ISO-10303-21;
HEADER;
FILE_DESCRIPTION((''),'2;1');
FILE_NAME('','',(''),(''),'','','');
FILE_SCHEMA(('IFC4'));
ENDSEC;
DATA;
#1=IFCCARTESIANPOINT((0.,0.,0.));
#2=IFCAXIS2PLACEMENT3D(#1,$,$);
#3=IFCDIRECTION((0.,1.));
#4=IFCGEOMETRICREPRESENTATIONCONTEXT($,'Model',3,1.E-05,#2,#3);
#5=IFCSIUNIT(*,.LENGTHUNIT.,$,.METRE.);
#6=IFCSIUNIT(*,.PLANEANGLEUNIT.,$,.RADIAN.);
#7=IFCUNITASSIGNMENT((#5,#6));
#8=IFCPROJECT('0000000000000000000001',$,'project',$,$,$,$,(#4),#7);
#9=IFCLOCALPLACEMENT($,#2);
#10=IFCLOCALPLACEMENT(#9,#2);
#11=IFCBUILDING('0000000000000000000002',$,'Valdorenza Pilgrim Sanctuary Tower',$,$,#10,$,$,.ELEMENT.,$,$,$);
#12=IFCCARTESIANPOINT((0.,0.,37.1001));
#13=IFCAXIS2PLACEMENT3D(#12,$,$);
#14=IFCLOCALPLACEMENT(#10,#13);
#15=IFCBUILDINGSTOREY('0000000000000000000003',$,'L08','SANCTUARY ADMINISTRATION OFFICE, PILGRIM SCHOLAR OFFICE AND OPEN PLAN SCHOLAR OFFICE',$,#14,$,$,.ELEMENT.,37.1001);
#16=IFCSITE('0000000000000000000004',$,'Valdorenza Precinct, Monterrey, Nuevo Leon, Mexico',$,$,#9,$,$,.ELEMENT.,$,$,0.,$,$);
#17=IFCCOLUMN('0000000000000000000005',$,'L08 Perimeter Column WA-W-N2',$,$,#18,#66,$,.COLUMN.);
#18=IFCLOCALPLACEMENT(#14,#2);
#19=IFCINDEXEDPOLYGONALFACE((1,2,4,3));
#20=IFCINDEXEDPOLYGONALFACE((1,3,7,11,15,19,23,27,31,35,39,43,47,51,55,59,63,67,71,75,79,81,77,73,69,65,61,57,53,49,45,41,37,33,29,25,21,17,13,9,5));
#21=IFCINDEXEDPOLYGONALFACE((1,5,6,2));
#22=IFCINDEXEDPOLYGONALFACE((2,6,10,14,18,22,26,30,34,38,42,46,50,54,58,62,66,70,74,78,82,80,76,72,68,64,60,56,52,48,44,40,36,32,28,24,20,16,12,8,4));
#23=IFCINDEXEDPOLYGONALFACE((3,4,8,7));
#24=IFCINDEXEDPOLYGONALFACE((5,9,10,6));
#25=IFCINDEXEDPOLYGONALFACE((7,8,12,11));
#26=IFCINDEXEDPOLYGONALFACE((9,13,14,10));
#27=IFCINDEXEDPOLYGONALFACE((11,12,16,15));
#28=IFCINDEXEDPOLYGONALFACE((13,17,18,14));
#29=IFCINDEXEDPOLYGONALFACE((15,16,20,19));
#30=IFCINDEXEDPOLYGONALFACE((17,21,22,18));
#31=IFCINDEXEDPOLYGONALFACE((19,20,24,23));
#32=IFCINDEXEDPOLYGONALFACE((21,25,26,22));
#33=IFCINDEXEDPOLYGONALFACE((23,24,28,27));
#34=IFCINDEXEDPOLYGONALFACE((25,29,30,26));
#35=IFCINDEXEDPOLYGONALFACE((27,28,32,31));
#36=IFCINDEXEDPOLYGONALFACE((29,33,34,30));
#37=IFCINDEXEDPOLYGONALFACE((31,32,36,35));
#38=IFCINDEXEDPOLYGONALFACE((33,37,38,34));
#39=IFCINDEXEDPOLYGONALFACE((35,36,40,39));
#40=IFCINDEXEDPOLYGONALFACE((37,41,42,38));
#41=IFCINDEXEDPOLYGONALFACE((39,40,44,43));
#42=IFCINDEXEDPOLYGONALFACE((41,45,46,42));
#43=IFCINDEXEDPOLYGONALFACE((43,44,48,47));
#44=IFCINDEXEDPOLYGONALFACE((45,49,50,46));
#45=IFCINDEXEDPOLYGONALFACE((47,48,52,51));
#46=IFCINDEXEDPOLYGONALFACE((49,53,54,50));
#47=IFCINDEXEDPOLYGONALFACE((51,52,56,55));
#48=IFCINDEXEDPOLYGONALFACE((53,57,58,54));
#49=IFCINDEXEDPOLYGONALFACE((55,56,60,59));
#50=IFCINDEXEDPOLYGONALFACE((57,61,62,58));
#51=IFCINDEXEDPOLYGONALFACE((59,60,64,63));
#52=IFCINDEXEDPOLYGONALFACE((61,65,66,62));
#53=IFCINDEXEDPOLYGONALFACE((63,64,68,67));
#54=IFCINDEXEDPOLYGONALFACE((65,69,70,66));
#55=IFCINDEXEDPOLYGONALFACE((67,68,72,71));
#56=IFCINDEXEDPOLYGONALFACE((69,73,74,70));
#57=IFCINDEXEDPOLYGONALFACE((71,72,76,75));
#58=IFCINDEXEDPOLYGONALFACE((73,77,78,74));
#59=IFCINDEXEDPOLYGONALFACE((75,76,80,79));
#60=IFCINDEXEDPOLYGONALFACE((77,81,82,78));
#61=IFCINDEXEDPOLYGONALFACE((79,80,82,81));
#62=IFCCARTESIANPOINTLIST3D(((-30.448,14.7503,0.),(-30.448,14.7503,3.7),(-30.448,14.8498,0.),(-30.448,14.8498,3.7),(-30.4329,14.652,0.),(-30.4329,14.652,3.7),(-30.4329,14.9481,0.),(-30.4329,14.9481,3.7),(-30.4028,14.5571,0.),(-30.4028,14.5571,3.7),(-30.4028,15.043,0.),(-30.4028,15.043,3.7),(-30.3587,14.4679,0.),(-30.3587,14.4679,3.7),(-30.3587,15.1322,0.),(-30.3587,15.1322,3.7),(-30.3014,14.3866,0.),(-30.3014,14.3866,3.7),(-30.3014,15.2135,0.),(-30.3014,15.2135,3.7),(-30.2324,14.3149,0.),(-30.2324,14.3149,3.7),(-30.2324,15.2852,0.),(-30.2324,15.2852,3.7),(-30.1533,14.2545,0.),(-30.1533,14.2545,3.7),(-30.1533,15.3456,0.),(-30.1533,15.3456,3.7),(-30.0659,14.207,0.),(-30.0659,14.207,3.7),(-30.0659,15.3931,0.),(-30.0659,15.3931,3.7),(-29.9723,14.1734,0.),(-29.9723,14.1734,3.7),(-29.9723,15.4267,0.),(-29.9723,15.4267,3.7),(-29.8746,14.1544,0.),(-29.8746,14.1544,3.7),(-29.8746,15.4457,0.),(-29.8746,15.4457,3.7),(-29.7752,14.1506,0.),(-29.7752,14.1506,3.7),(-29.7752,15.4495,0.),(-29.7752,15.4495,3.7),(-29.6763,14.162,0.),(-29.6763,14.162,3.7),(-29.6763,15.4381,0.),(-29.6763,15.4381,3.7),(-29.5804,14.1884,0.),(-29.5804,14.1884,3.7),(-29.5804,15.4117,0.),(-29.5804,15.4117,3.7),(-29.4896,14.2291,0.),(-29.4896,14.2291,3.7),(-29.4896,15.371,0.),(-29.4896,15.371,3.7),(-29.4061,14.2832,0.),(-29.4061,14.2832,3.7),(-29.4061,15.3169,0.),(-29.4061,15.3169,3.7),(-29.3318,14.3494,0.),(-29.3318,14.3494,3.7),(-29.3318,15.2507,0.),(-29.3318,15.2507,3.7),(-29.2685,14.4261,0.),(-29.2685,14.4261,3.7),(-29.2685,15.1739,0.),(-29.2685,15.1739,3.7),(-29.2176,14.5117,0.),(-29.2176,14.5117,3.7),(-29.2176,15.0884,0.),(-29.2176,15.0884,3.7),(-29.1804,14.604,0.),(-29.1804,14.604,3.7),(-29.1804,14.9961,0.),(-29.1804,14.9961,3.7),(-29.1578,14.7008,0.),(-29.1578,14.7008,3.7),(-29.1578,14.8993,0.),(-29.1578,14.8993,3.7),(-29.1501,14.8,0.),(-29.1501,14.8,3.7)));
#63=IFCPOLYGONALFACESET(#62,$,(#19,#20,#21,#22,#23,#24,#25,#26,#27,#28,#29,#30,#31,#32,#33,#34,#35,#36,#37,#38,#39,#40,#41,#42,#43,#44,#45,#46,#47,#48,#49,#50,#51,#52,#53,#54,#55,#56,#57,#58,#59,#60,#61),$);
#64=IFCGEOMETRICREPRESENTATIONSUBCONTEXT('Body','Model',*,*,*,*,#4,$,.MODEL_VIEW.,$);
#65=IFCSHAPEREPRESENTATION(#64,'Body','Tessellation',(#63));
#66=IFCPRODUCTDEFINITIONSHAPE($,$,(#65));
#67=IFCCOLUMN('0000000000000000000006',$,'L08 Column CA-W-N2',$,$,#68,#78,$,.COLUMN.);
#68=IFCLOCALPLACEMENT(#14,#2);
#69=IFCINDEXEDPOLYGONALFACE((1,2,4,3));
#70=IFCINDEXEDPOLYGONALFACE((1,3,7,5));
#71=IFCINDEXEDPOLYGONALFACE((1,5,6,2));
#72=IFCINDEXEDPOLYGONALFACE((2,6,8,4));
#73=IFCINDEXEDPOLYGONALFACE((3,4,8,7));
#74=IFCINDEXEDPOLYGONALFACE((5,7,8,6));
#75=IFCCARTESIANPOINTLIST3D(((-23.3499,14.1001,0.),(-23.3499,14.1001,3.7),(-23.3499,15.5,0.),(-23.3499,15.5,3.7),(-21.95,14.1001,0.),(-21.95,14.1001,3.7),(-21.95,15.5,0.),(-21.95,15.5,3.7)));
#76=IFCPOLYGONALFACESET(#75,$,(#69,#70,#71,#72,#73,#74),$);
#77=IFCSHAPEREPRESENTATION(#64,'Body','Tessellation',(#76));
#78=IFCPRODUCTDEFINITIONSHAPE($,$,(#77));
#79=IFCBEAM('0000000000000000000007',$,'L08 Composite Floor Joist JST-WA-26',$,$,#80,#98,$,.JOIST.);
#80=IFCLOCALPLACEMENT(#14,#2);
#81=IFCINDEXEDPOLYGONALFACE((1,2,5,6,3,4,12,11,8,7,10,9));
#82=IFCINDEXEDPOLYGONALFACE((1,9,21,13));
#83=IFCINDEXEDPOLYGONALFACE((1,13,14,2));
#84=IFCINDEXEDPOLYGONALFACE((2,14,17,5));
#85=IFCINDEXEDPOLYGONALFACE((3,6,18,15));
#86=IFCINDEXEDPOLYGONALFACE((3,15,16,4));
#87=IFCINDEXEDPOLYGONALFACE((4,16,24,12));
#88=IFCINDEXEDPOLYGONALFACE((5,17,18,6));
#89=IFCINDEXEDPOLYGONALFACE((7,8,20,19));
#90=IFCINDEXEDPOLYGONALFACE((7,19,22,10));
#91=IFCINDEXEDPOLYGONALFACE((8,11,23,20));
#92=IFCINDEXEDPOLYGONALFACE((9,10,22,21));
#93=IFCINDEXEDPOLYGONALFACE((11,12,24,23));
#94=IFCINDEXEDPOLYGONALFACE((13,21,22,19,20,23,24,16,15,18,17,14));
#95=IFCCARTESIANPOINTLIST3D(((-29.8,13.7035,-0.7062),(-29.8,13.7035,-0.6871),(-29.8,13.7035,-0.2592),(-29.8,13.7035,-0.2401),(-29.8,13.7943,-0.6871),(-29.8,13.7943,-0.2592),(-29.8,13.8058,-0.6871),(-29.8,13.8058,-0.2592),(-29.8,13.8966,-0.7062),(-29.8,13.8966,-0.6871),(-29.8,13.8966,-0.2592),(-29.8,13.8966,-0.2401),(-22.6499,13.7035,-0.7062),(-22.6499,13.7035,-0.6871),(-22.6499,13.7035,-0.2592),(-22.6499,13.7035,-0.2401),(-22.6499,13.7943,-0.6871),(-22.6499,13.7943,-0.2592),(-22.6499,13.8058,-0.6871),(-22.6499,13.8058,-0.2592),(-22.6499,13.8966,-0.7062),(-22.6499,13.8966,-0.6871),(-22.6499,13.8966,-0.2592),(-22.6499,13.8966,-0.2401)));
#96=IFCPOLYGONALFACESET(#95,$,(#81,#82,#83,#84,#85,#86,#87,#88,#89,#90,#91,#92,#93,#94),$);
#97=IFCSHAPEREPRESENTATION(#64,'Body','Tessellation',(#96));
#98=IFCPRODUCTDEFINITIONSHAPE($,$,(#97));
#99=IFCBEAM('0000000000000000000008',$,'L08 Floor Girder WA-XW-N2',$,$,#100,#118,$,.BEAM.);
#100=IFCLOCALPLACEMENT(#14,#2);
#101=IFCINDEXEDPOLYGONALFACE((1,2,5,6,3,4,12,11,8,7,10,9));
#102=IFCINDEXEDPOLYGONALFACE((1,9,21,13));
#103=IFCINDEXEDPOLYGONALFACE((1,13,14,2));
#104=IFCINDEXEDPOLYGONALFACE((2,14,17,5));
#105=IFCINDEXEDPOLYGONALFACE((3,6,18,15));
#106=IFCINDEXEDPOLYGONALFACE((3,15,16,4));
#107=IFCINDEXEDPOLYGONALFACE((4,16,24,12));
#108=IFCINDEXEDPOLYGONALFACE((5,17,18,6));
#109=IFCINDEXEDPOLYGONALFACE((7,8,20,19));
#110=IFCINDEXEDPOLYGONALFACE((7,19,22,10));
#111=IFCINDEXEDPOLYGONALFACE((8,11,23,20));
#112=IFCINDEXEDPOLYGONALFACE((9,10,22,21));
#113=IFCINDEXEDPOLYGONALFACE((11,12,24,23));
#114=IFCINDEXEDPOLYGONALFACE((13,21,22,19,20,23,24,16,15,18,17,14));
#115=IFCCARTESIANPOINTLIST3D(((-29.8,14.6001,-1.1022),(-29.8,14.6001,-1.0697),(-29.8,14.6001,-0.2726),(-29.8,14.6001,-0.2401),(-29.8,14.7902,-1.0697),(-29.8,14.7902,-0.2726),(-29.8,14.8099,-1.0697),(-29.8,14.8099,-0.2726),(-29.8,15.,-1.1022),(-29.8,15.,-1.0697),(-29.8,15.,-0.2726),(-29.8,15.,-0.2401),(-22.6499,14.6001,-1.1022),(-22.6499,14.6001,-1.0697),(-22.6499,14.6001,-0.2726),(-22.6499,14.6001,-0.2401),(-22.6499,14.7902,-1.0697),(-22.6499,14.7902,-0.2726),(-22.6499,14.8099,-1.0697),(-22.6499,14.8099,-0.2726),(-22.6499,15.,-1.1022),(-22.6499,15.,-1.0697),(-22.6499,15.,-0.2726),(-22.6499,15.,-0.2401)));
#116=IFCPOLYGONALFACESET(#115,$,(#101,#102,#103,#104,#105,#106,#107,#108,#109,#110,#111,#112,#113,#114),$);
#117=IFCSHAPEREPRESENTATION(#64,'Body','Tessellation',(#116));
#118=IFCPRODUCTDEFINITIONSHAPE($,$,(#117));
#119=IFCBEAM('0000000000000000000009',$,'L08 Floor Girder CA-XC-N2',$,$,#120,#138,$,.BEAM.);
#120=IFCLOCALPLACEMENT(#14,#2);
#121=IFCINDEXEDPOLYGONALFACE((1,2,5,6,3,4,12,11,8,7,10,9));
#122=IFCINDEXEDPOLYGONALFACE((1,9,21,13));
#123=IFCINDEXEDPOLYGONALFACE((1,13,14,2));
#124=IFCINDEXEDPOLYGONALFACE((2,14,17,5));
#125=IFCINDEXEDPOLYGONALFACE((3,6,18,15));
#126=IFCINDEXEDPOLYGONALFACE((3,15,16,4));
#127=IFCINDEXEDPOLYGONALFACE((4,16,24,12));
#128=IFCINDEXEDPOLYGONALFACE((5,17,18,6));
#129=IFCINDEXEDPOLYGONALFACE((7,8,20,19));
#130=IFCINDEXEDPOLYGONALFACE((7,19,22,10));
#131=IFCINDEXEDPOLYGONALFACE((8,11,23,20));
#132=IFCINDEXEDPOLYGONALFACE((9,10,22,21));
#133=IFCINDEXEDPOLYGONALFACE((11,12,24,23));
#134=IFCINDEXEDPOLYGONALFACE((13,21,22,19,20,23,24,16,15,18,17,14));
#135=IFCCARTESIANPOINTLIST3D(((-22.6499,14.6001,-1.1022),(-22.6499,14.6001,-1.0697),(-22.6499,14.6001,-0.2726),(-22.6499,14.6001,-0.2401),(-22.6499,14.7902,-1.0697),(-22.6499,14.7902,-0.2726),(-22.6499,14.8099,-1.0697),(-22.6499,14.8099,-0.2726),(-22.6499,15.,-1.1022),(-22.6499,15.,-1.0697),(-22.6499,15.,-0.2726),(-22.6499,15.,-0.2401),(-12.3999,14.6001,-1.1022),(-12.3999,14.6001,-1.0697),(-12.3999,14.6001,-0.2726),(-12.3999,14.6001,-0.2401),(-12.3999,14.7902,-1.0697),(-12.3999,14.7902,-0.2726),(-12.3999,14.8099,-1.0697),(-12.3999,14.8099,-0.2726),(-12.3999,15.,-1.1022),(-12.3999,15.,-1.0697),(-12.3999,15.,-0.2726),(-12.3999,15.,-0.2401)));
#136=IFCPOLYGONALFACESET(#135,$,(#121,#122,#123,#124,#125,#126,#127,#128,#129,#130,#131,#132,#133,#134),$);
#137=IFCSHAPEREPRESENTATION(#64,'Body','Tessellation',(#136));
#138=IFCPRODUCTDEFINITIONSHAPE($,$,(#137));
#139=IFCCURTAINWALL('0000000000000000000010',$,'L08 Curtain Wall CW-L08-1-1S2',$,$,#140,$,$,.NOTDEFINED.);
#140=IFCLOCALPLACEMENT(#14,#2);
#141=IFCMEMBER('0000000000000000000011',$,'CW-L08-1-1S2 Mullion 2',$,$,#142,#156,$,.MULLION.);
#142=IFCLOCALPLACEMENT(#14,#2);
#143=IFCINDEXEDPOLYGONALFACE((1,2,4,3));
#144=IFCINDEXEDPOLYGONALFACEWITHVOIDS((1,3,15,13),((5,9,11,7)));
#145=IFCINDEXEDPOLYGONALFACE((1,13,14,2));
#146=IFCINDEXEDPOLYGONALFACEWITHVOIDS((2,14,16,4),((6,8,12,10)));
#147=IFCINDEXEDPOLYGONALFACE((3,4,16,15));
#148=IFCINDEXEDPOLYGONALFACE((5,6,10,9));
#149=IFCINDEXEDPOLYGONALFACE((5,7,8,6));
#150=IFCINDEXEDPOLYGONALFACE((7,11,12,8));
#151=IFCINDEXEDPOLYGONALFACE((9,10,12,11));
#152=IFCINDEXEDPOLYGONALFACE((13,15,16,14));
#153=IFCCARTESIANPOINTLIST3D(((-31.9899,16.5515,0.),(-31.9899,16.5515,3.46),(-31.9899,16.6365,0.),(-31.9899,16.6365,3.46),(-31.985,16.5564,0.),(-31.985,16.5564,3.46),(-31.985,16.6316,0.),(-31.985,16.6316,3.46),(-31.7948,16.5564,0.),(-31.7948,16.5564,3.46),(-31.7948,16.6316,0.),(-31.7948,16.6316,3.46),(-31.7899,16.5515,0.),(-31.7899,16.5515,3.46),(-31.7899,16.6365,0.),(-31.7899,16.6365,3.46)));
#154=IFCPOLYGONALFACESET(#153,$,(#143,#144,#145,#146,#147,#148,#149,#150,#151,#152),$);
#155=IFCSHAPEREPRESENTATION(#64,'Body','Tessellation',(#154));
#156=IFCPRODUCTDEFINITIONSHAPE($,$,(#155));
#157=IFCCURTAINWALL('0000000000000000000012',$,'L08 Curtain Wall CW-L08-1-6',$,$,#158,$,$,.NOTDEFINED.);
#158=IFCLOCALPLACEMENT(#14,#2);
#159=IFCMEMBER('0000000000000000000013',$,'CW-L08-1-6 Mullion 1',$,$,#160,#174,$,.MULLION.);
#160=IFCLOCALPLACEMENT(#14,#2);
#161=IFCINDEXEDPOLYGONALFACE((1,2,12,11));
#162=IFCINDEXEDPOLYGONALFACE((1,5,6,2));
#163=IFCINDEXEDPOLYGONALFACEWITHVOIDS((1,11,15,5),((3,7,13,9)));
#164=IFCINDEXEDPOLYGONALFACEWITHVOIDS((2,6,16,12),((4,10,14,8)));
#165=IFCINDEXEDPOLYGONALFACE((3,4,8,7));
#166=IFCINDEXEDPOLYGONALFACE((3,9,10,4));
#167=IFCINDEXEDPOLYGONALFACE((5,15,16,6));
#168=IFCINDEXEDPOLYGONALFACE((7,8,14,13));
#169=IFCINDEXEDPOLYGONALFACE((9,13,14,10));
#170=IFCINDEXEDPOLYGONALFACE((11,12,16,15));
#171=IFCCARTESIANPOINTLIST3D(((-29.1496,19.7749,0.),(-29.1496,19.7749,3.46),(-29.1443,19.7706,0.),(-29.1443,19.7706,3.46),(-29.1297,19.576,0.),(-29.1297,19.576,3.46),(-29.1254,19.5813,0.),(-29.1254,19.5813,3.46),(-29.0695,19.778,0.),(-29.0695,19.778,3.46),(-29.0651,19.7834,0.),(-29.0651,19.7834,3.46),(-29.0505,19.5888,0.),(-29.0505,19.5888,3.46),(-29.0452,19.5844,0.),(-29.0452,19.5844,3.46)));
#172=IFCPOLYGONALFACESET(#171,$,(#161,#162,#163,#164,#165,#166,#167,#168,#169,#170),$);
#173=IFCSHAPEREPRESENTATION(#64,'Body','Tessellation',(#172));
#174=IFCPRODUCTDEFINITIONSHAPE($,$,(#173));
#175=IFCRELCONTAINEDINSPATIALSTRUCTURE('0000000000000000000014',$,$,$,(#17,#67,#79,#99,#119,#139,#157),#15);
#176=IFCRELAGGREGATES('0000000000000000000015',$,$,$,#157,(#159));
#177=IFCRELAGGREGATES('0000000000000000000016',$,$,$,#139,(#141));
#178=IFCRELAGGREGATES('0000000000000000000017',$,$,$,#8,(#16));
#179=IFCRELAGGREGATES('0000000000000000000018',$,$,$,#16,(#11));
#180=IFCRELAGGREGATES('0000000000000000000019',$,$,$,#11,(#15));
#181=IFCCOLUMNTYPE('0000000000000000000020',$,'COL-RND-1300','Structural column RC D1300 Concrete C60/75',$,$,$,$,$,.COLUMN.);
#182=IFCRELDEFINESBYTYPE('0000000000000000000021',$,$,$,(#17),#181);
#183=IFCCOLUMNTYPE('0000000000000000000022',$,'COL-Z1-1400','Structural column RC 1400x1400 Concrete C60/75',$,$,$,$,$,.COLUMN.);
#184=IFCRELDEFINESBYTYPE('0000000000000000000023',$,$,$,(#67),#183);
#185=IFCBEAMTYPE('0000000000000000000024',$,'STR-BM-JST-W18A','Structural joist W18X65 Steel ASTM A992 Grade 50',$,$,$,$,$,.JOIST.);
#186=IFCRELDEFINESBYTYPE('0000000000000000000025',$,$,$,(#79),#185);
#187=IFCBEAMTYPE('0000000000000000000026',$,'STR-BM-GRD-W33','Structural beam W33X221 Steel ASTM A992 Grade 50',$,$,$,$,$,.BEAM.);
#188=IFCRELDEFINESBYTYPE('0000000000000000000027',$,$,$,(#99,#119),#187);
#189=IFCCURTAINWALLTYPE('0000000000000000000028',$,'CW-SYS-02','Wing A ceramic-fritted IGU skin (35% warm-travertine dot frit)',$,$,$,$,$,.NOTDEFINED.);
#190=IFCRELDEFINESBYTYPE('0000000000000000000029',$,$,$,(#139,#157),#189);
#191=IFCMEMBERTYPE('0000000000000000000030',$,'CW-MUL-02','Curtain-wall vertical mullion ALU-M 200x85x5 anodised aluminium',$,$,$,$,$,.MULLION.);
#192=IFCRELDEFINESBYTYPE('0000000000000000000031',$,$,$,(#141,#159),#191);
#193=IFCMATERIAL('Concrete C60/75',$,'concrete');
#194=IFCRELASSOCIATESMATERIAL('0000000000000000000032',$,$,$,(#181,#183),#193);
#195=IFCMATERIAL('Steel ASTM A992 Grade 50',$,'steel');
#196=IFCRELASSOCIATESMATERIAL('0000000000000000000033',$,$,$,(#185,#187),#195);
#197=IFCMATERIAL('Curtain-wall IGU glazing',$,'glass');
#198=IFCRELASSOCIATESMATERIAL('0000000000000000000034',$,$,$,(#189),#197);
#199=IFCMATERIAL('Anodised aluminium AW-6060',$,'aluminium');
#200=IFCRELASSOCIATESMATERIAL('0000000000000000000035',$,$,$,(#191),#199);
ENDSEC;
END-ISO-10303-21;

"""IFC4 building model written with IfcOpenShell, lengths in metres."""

from ifc_helpers import new_model, si_unit, direction, frame, origin, origin_2d, place, context, subcontext, project, spatial, rectangle, hollow_rectangle, circle, i_section, extrude, source, transform, mapped, material, material_profile, profile_set, type_object, element, aggregate, save


model = new_model("IFC4")

# Units and contexts
model_context = context("Model", 3, precision=1e-05, world=origin(), true_north=direction((0.0, 1.0)))
body_context = subcontext(model_context, "Body", "Model", "MODEL_VIEW")
ifc_project = project(units=[si_unit("LENGTHUNIT", "METRE"), si_unit("PLANEANGLEUNIT", "RADIAN")], contexts=[model_context])

# Site, building, storey
site_placement = place(None, origin())
site = spatial("IfcSite", under=ifc_project, at=site_placement, Name="Valdorenza Precinct, Monterrey, Nuevo Leon, Mexico", CompositionType="ELEMENT", RefElevation=0.0)
building_placement = place(site_placement, origin())
building = spatial("IfcBuilding", under=site, at=building_placement, Name="Valdorenza Pilgrim Sanctuary Tower", CompositionType="ELEMENT")
storey_placement = place(building_placement, frame((0.0, 0.0, 37.1001)))
storey = spatial("IfcBuildingStorey", under=building, at=storey_placement, Name="L08", Description="SANCTUARY ADMINISTRATION OFFICE, PILGRIM SCHOLAR OFFICE AND OPEN PLAN SCHOLAR OFFICE", CompositionType="ELEMENT", Elevation=37.1001)

# Columns
ifc_material_1 = material(Name="Concrete C60/75", Category="concrete")
ifc_material_profile_1 = material_profile(ifc_material_1, circle(Radius=0.6499, at=origin_2d()), Name="RC D1300")
ifc_profile_set_1 = profile_set([ifc_material_profile_1], Name="Concrete C60/75")
column_type_1 = type_object("IfcColumnType", Name="COL-RND-1300", Description="Structural column RC D1300 Concrete C60/75", PredefinedType="COLUMN", material=ifc_profile_set_1)
shared_shape_1 = source(origin(), body_context, "Body", "SweptSolid", [
    extrude(circle(Radius=0.6499, at=origin_2d()), origin(), (0.0, 0.0, 1.0), 3.7),
])
column_1_placement = place(storey_placement, frame((-29.8, 14.8, 0.0), z_axis=(0.0, 0.0, 1.0), x_axis=(1.0, 0.0, 0.0)))
element("IfcColumn", 1, at=column_1_placement, inside=storey, type_object=column_type_1, Name="L08 Perimeter Column WA-W-N2", PredefinedType="COLUMN", context=body_context, shape_type="MappedRepresentation", body=[
    mapped(shared_shape_1, transform((0.0, 0.0, 0.0), x_axis=(1.0, 0.0, 0.0), y_axis=(0.0, 1.0, 0.0), z_axis=(0.0, 0.0, 1.0), scale=1.0)),
])
ifc_material_profile_2 = material_profile(ifc_material_1, rectangle(XDim=1.3999, YDim=1.3999, at=origin_2d()), Name="RC 1400x1400")
ifc_profile_set_2 = profile_set([ifc_material_profile_2], Name="Concrete C60/75")
column_type_2 = type_object("IfcColumnType", Name="COL-Z1-1400", Description="Structural column RC 1400x1400 Concrete C60/75", PredefinedType="COLUMN", material=ifc_profile_set_2)
shared_shape_2 = source(origin(), body_context, "Body", "SweptSolid", [
    extrude(rectangle(XDim=1.3999, YDim=1.3999, at=origin_2d()), origin(), (0.0, 0.0, 1.0), 3.7),
])
column_2_placement = place(storey_placement, frame((-22.6499, 14.8, 0.0), z_axis=(0.0, 0.0, 1.0), x_axis=(1.0, 0.0, 0.0)))
element("IfcColumn", 2, at=column_2_placement, inside=storey, type_object=column_type_2, Name="L08 Column CA-W-N2", PredefinedType="COLUMN", context=body_context, shape_type="MappedRepresentation", body=[
    mapped(shared_shape_2, transform((0.0, 0.0, 0.0), x_axis=(1.0, 0.0, 0.0), y_axis=(0.0, 1.0, 0.0), z_axis=(0.0, 0.0, 1.0), scale=1.0)),
])

# Beams
ifc_material_2 = material(Name="Steel ASTM A992 Grade 50", Category="steel")
ifc_material_profile_3 = material_profile(ifc_material_2, i_section(OverallWidth=0.1931, OverallDepth=0.4661, WebThickness=0.0115, FlangeThickness=0.019, at=origin_2d()), Name="W18X65")
ifc_profile_set_3 = profile_set([ifc_material_profile_3], Name="Steel ASTM A992 Grade 50")
beam_type_1 = type_object("IfcBeamType", Name="STR-BM-JST-W18A", Description="Structural joist W18X65 Steel ASTM A992 Grade 50", PredefinedType="JOIST", material=ifc_profile_set_3)
shared_shape_3 = source(origin(), body_context, "Body", "SweptSolid", [
    extrude(i_section(OverallWidth=0.1931, OverallDepth=0.4661, WebThickness=0.0115, FlangeThickness=0.019, at=origin_2d()), origin(), (0.0, 0.0, 1.0), 7.1501),
])
beam_1_placement = place(storey_placement, frame((-29.8, 13.8, -0.4731), z_axis=(1.0, 0.0, 0.0), x_axis=(0.0, 1.0, 0.0)))
element("IfcBeam", 3, at=beam_1_placement, inside=storey, type_object=beam_type_1, Name="L08 Composite Floor Joist JST-WA-26", PredefinedType="JOIST", context=body_context, shape_type="MappedRepresentation", body=[
    mapped(shared_shape_3, transform((0.0, 0.0, 0.0), x_axis=(1.0, 0.0, 0.0), y_axis=(0.0, 1.0, 0.0), z_axis=(0.0, 0.0, 1.0), scale=1.0)),
])
ifc_material_profile_4 = material_profile(ifc_material_2, i_section(OverallWidth=0.3999, OverallDepth=0.8621, WebThickness=0.0198, FlangeThickness=0.0325, at=origin_2d()), Name="W33X221")
ifc_profile_set_4 = profile_set([ifc_material_profile_4], Name="Steel ASTM A992 Grade 50")
beam_type_2 = type_object("IfcBeamType", Name="STR-BM-GRD-W33", Description="Structural beam W33X221 Steel ASTM A992 Grade 50", PredefinedType="BEAM", material=ifc_profile_set_4)
shared_shape_4 = source(origin(), body_context, "Body", "SweptSolid", [
    extrude(i_section(OverallWidth=0.3999, OverallDepth=0.8621, WebThickness=0.0198, FlangeThickness=0.0325, at=origin_2d()), origin(), (0.0, 0.0, 1.0), 7.1501),
])
beam_2_placement = place(storey_placement, frame((-29.8, 14.8, -0.6711), z_axis=(1.0, 0.0, 0.0), x_axis=(0.0, 1.0, 0.0)))
element("IfcBeam", 4, at=beam_2_placement, inside=storey, type_object=beam_type_2, Name="L08 Floor Girder WA-XW-N2", PredefinedType="BEAM", context=body_context, shape_type="MappedRepresentation", body=[
    mapped(shared_shape_4, transform((0.0, 0.0, 0.0), x_axis=(1.0, 0.0, 0.0), y_axis=(0.0, 1.0, 0.0), z_axis=(0.0, 0.0, 1.0), scale=1.0)),
])
shared_shape_5 = source(origin(), body_context, "Body", "SweptSolid", [
    extrude(i_section(OverallWidth=0.3999, OverallDepth=0.8621, WebThickness=0.0198, FlangeThickness=0.0325, at=origin_2d()), origin(), (0.0, 0.0, 1.0), 10.25),
])
beam_3_placement = place(storey_placement, frame((-22.6499, 14.8, -0.6711), z_axis=(1.0, 0.0, 0.0), x_axis=(0.0, 1.0, 0.0)))
element("IfcBeam", 5, at=beam_3_placement, inside=storey, type_object=beam_type_2, Name="L08 Floor Girder CA-XC-N2", PredefinedType="BEAM", context=body_context, shape_type="MappedRepresentation", body=[
    mapped(shared_shape_5, transform((0.0, 0.0, 0.0), x_axis=(1.0, 0.0, 0.0), y_axis=(0.0, 1.0, 0.0), z_axis=(0.0, 0.0, 1.0), scale=1.0)),
])

# Curtain wall, member
ifc_material_3 = material(Name="Curtain-wall IGU glazing", Category="glass")
curtain_wall_type = type_object("IfcCurtainWallType", Name="CW-SYS-02", Description="Wing A ceramic-fritted IGU skin (35% warm-travertine dot frit)", PredefinedType="NOTDEFINED", material=ifc_material_3)
curtain_wall_1_placement = place(storey_placement, origin())
curtain_wall_1 = element("IfcCurtainWall", 6, at=curtain_wall_1_placement, inside=storey, type_object=curtain_wall_type, Name="L08 Curtain Wall CW-L08-1-1S2", PredefinedType="NOTDEFINED")
ifc_material_4 = material(Name="Anodised aluminium AW-6060", Category="aluminium")
ifc_material_profile_5 = material_profile(ifc_material_4, hollow_rectangle(XDim=0.085, YDim=0.2, WallThickness=0.0049, at=origin_2d()), Name="ALU-M 200x85x5")
ifc_profile_set_5 = profile_set([ifc_material_profile_5], Name="Anodised aluminium AW-6060")
member_type_1 = type_object("IfcMemberType", Name="CW-MUL-02", Description="Curtain-wall vertical mullion ALU-M 200x85x5 anodised aluminium", PredefinedType="MULLION", material=ifc_profile_set_5)
shared_shape_6 = source(origin(), body_context, "Body", "SweptSolid", [
    extrude(hollow_rectangle(XDim=0.085, YDim=0.2, WallThickness=0.0049, at=origin_2d()), origin(), (0.0, 0.0, 1.0), 3.46),
])
member_1_placement = place(storey_placement, frame((-31.8899, 16.594, 0.0), z_axis=(0.0, 0.0, 1.0), x_axis=(0.0, 1.0, 0.0)))
member_1 = element("IfcMember", 7, at=member_1_placement, type_object=member_type_1, Name="CW-L08-1-1S2 Mullion 2", PredefinedType="MULLION", context=body_context, shape_type="MappedRepresentation", body=[
    mapped(shared_shape_6, transform((0.0, 0.0, 0.0), x_axis=(1.0, 0.0, 0.0), y_axis=(0.0, 1.0, 0.0), z_axis=(0.0, 0.0, 1.0), scale=1.0)),
])

# Curtain wall, member
curtain_wall_2_placement = place(storey_placement, origin())
curtain_wall_2 = element("IfcCurtainWall", 8, at=curtain_wall_2_placement, inside=storey, type_object=curtain_wall_type, Name="L08 Curtain Wall CW-L08-1-6", PredefinedType="NOTDEFINED")
member_2_placement = place(storey_placement, frame((-29.0974, 19.6797, 0.0), z_axis=(0.0, 0.0, 1.0), x_axis=(0.995038, 0.099493, 0.0)))
member_2 = element("IfcMember", 9, at=member_2_placement, type_object=member_type_1, Name="CW-L08-1-6 Mullion 1", PredefinedType="MULLION", context=body_context, shape_type="MappedRepresentation", body=[
    mapped(shared_shape_6, transform((0.0, 0.0, 0.0), x_axis=(1.0, 0.0, 0.0), y_axis=(0.0, 1.0, 0.0), z_axis=(0.0, 0.0, 1.0), scale=1.0)),
])
aggregate(curtain_wall_2, [member_2])

aggregate(curtain_wall_1, [member_1])

save(model, "model.ifc")
